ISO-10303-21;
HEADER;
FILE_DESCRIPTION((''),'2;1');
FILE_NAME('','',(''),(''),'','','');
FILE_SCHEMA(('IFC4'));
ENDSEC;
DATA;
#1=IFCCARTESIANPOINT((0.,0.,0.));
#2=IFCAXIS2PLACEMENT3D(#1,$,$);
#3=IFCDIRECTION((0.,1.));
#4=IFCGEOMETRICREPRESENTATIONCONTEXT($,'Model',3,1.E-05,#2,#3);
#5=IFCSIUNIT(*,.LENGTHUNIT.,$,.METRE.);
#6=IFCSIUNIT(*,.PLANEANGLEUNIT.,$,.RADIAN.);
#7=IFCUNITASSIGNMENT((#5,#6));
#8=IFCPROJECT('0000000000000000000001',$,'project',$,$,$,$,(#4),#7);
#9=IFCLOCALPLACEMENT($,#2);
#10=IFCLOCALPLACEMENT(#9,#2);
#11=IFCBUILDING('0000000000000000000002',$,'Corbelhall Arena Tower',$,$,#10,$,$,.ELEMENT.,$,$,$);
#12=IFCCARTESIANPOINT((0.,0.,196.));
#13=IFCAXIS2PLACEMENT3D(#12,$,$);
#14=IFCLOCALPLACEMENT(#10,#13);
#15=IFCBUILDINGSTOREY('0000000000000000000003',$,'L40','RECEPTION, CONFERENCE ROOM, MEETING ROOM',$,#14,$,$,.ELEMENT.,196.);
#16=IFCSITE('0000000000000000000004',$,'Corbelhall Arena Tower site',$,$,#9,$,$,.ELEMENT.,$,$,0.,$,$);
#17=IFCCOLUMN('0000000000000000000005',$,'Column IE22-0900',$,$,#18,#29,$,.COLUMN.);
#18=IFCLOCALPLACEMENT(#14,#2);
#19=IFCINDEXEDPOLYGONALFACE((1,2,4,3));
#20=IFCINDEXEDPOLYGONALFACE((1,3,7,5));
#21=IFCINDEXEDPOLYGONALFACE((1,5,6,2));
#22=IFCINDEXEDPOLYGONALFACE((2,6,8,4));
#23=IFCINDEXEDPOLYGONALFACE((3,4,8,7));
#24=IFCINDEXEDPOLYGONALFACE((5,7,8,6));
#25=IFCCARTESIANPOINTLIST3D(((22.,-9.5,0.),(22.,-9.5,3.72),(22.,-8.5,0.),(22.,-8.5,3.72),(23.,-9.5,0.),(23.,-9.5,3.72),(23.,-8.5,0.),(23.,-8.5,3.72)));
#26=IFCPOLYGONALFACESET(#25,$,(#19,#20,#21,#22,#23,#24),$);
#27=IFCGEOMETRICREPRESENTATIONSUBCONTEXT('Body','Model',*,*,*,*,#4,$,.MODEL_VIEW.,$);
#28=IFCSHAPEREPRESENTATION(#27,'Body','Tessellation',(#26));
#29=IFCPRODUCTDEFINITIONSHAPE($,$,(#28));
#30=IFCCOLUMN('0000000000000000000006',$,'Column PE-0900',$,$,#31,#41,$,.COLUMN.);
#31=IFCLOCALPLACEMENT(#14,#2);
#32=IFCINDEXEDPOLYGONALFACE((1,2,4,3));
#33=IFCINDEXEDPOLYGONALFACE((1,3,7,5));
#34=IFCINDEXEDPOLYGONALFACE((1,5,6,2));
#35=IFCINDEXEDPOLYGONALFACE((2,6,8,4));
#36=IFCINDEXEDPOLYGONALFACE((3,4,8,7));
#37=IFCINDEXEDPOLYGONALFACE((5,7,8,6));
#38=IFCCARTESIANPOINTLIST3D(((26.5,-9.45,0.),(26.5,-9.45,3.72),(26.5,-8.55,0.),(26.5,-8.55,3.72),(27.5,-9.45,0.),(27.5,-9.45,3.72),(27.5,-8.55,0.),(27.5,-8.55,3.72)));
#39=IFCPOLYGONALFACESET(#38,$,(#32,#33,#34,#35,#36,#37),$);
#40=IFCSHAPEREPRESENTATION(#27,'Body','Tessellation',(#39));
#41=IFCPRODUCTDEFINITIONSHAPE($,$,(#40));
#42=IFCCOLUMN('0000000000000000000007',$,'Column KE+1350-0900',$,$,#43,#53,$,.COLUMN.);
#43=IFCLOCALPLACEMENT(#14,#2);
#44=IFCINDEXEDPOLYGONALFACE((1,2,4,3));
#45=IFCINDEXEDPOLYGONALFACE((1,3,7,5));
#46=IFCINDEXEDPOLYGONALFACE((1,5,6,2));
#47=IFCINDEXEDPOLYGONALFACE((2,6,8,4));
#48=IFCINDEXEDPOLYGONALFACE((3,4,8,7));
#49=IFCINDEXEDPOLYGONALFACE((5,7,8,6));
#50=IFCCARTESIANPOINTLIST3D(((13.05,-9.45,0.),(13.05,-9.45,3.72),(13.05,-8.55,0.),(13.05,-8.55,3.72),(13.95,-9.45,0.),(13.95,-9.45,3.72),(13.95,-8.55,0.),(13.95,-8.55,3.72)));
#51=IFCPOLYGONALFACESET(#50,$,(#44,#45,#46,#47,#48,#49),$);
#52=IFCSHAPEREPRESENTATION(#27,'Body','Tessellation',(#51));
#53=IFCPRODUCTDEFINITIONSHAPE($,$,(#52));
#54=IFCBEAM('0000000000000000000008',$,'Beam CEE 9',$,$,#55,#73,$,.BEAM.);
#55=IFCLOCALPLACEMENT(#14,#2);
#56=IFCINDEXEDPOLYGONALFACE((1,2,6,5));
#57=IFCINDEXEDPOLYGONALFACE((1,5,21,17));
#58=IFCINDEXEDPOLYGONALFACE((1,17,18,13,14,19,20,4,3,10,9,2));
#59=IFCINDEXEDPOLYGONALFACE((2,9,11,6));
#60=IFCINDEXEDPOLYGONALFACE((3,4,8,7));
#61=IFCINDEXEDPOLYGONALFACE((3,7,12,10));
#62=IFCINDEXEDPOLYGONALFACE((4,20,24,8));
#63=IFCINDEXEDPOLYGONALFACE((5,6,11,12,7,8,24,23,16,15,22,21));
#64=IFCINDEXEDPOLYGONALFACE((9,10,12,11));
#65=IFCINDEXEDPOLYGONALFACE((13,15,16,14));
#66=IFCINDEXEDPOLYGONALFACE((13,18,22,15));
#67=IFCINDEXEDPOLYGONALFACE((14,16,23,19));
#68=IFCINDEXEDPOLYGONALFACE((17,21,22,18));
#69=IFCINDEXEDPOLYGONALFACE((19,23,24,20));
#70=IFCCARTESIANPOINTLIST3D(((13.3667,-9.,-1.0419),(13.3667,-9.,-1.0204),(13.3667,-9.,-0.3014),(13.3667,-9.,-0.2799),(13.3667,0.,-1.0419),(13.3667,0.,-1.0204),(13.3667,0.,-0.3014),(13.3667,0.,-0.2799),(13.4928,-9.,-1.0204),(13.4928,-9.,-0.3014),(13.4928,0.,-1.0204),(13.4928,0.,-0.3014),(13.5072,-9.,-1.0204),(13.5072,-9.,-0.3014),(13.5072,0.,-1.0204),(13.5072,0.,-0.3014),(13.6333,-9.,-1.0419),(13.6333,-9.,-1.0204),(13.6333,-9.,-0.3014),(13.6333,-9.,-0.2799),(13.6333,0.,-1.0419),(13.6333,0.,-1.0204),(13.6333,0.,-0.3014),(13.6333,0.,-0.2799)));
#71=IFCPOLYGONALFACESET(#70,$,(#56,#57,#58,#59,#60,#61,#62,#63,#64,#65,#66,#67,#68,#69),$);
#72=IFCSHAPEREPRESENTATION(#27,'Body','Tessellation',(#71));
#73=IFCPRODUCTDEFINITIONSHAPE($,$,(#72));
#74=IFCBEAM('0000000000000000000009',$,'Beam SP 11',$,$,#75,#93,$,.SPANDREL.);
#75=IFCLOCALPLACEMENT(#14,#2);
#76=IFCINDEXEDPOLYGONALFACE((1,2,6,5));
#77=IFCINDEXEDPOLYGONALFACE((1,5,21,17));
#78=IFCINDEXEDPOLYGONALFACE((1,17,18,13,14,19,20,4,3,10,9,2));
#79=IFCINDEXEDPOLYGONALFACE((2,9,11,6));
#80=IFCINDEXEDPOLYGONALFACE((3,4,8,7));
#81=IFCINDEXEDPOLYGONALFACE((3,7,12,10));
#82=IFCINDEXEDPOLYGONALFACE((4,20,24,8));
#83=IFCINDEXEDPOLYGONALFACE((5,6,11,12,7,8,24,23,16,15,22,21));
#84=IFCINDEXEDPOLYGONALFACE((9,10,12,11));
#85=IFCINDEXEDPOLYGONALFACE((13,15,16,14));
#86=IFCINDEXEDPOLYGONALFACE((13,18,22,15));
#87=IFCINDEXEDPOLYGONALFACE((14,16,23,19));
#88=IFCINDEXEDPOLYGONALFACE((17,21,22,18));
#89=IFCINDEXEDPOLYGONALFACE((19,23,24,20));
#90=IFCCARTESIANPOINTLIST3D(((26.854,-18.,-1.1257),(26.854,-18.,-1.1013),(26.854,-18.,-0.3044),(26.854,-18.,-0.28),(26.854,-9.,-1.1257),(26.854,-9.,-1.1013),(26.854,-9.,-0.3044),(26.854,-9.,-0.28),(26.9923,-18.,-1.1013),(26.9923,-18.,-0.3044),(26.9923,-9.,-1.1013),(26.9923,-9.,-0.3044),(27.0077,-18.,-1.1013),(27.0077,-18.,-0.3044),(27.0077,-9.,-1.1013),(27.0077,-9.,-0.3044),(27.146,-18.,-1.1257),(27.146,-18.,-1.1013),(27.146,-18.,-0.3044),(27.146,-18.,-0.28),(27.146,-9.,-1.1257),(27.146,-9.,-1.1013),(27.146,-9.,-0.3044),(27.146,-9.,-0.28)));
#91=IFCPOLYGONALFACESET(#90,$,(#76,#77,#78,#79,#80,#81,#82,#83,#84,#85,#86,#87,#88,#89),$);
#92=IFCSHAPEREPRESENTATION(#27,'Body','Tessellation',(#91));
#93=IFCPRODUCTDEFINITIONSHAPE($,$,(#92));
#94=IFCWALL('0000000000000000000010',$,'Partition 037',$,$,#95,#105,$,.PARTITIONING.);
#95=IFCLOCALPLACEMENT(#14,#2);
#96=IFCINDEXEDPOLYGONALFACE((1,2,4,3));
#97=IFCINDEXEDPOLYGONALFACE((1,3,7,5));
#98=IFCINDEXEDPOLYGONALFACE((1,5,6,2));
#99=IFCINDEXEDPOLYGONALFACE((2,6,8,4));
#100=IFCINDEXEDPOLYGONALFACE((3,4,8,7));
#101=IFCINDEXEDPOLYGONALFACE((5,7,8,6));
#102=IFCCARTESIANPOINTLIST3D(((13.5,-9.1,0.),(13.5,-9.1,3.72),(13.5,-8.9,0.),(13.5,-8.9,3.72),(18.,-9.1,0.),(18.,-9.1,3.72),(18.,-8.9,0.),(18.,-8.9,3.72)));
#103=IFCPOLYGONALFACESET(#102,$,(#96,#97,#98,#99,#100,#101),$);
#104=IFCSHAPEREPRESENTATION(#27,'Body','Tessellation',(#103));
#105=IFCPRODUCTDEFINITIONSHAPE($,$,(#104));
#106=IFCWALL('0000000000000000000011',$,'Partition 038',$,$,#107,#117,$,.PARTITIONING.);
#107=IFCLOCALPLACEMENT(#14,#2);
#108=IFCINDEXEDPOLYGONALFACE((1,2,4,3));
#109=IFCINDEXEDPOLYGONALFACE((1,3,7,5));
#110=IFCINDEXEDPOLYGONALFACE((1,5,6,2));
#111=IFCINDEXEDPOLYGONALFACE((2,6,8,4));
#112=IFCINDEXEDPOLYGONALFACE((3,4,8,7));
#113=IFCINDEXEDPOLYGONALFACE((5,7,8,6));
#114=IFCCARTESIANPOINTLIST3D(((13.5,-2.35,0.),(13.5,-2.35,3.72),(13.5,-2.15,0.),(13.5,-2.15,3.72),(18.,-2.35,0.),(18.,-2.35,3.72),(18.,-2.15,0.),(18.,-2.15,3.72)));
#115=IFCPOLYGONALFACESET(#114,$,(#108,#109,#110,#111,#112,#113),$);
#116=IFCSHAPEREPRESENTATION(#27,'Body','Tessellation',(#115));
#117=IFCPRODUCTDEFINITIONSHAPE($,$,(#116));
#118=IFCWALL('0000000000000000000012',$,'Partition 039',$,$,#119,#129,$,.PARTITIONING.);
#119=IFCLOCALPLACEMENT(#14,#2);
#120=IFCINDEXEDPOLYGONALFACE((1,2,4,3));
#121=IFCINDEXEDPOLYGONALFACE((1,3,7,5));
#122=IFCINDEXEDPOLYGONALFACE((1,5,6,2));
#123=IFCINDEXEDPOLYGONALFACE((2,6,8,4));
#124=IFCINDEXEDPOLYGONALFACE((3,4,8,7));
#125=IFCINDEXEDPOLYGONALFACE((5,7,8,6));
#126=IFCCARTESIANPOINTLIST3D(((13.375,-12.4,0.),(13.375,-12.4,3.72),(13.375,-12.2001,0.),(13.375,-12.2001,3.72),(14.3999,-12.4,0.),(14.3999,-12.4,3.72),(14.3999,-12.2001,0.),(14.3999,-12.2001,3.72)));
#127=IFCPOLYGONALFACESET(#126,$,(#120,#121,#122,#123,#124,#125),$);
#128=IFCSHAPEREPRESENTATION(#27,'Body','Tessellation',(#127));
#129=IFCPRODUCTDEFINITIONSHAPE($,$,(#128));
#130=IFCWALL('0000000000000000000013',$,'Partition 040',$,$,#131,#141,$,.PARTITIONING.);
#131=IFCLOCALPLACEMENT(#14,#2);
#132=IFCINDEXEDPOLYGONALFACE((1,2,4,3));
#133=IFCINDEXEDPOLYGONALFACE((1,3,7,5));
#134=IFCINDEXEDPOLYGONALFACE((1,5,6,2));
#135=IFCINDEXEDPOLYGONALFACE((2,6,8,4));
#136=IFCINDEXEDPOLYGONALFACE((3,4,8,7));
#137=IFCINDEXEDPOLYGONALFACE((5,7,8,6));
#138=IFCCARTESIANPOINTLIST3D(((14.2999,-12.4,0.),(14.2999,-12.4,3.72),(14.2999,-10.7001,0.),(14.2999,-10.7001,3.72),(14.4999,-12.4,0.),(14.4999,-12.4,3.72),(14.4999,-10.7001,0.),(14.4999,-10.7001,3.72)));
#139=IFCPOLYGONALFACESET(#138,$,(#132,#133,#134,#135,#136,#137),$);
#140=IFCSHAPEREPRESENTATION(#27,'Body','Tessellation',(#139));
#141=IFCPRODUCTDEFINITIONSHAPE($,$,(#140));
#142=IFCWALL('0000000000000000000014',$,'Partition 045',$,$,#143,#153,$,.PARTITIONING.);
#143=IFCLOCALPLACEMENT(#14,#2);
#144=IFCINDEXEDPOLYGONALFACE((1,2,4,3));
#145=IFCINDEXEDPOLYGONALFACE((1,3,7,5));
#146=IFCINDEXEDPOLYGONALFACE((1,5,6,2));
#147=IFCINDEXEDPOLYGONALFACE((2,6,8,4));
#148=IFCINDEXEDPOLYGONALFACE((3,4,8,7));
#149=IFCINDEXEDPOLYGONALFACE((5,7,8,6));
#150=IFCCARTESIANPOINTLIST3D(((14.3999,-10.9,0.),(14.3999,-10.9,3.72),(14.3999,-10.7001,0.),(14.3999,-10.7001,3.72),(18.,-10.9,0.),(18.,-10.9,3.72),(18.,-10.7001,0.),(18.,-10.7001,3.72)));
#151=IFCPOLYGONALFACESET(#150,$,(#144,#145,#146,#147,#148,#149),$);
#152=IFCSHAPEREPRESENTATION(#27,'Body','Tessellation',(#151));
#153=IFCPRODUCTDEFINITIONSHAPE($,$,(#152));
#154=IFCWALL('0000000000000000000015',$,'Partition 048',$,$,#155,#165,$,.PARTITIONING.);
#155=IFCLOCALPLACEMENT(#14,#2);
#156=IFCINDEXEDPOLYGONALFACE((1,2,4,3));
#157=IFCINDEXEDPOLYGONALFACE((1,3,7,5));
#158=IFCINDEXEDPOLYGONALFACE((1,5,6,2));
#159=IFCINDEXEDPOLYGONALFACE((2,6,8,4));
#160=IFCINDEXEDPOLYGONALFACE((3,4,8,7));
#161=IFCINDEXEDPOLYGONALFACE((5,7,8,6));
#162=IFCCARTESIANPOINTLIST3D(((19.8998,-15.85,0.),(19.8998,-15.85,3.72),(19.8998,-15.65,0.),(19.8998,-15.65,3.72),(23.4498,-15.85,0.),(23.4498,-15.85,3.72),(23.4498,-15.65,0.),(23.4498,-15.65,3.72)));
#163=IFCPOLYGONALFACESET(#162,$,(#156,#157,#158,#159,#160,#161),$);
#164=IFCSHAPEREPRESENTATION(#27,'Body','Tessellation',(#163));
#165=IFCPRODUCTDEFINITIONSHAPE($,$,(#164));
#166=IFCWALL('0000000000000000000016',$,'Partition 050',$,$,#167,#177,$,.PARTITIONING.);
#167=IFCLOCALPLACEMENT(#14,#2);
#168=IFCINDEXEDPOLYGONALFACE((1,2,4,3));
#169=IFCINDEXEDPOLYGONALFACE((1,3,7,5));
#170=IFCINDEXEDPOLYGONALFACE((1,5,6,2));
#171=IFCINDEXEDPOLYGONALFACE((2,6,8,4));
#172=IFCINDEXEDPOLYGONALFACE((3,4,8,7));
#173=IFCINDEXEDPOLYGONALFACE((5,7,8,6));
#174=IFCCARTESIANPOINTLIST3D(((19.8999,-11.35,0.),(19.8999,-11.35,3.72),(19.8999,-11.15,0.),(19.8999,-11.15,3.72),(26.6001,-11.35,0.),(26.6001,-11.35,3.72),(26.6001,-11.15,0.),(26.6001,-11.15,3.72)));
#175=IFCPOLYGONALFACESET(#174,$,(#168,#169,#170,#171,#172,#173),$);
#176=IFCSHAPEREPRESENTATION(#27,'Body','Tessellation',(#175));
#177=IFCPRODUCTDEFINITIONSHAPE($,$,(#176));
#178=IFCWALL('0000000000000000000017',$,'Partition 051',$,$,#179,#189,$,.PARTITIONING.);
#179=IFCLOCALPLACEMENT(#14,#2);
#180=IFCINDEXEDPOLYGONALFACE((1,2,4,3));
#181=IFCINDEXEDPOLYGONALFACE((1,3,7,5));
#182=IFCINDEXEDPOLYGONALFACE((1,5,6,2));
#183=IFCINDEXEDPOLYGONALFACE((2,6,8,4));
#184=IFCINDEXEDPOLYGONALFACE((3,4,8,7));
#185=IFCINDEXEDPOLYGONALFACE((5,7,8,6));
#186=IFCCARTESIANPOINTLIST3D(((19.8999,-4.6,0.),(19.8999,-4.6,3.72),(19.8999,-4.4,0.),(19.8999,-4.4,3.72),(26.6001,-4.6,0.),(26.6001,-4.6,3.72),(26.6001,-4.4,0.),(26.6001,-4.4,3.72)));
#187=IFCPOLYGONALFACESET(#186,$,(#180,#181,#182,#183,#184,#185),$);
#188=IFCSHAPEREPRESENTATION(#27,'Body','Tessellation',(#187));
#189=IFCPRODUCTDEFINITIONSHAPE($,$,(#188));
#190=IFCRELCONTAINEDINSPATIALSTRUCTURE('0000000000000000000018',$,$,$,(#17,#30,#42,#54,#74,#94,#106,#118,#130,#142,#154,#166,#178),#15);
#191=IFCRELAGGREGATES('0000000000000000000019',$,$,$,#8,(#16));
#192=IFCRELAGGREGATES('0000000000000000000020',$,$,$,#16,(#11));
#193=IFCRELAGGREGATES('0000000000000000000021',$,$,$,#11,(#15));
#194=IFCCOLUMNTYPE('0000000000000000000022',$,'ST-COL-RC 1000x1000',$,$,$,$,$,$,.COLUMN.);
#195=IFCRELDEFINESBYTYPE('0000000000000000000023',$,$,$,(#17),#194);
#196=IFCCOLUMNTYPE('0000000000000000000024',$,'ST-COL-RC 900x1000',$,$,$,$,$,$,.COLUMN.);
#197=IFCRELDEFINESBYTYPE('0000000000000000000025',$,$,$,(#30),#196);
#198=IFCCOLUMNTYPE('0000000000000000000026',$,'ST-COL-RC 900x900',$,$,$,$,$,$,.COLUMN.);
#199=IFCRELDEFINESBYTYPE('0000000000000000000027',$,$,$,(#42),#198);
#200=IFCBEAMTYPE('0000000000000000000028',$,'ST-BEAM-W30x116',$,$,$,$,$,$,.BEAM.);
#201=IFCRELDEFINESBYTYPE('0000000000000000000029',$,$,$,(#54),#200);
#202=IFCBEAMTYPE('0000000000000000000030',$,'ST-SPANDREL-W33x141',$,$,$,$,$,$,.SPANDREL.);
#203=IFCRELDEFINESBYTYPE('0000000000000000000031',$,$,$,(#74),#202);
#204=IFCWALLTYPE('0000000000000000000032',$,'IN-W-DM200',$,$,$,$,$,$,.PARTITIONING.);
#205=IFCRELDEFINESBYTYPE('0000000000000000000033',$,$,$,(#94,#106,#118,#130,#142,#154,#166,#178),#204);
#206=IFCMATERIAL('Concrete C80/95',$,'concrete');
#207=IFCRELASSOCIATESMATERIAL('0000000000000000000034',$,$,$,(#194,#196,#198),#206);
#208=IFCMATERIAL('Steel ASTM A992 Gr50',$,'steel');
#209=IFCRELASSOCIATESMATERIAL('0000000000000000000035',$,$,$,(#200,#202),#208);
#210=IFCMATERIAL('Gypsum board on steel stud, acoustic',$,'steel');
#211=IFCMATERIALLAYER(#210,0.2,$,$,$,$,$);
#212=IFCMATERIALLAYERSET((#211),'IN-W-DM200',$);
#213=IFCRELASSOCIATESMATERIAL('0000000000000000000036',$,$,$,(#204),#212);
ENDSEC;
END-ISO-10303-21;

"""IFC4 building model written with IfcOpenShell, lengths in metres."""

from ifc_helpers import new_model, si_unit, direction, frame, frame_2d, origin, origin_2d, place, context, subcontext, project, spatial, rectangle, i_section, extrude, material, layer, layer_set, material_profile, profile_set, type_object, element, save


model = new_model("IFC4")

# Units and contexts
model_context = context("Model", 3, precision=1e-05, world=origin(), true_north=direction((0.0, 1.0)))
body_context = subcontext(model_context, "Body", "Model", "MODEL_VIEW")
ifc_project = project(units=[si_unit("LENGTHUNIT", "METRE"), si_unit("PLANEANGLEUNIT", "RADIAN")], contexts=[model_context])

# Site, building, storey
site_placement = place(None, origin())
site = spatial("IfcSite", under=ifc_project, at=site_placement, Name="Corbelhall Arena Tower site", CompositionType="ELEMENT", RefElevation=0.0)
building_placement = place(site_placement, origin())
building = spatial("IfcBuilding", under=site, at=building_placement, Name="Corbelhall Arena Tower", CompositionType="ELEMENT")
storey_placement = place(building_placement, frame((0.0, 0.0, 196.0)))
storey = spatial("IfcBuildingStorey", under=building, at=storey_placement, Name="L40", Description="RECEPTION, CONFERENCE ROOM, MEETING ROOM", CompositionType="ELEMENT", Elevation=196.0)

# Columns
ifc_material_1 = material(Name="Concrete C80/95", Category="concrete")
ifc_material_profile_1 = material_profile(ifc_material_1, rectangle(XDim=1.0, YDim=1.0, at=origin_2d()))
ifc_profile_set_1 = profile_set([ifc_material_profile_1], Name="Concrete C80/95")
column_type_1 = type_object("IfcColumnType", Name="ST-COL-RC 1000x1000", PredefinedType="COLUMN", material=ifc_profile_set_1)
column_1_placement = place(storey_placement, frame((22.5, -9.0, 0.0), z_axis=(0.0, 0.0, 1.0), x_axis=(1.0, 0.0, 0.0)))
element("IfcColumn", 1, at=column_1_placement, inside=storey, type_object=column_type_1, Name="Column IE22-0900", PredefinedType="COLUMN", context=body_context, shape_type="SweptSolid", body=[
    extrude(rectangle(XDim=1.0, YDim=1.0, at=origin_2d()), origin(), (0.0, 0.0, 1.0), 3.72),
])
ifc_material_profile_2 = material_profile(ifc_material_1, rectangle(XDim=0.8999, YDim=1.0, at=origin_2d()))
ifc_profile_set_2 = profile_set([ifc_material_profile_2], Name="Concrete C80/95")
column_type_2 = type_object("IfcColumnType", Name="ST-COL-RC 900x1000", PredefinedType="COLUMN", material=ifc_profile_set_2)
column_2_placement = place(storey_placement, frame((27.0, -9.0, 0.0), z_axis=(0.0, 0.0, 1.0), x_axis=(0.0, 1.0, 0.0)))
element("IfcColumn", 2, at=column_2_placement, inside=storey, type_object=column_type_2, Name="Column PE-0900", PredefinedType="COLUMN", context=body_context, shape_type="SweptSolid", body=[
    extrude(rectangle(XDim=0.8999, YDim=1.0, at=origin_2d()), origin(), (0.0, 0.0, 1.0), 3.72),
])
ifc_material_profile_3 = material_profile(ifc_material_1, rectangle(XDim=0.8999, YDim=0.8999, at=origin_2d()))
ifc_profile_set_3 = profile_set([ifc_material_profile_3], Name="Concrete C80/95")
column_type_3 = type_object("IfcColumnType", Name="ST-COL-RC 900x900", PredefinedType="COLUMN", material=ifc_profile_set_3)
column_3_placement = place(storey_placement, frame((13.5, -9.0, 0.0), z_axis=(0.0, 0.0, 1.0), x_axis=(1.0, 0.0, 0.0)))
element("IfcColumn", 3, at=column_3_placement, inside=storey, type_object=column_type_3, Name="Column KE+1350-0900", PredefinedType="COLUMN", context=body_context, shape_type="SweptSolid", body=[
    extrude(rectangle(XDim=0.8999, YDim=0.8999, at=origin_2d()), origin(), (0.0, 0.0, 1.0), 3.72),
])

# Beams
ifc_material_2 = material(Name="Steel ASTM A992 Gr50", Category="steel")
ifc_material_profile_4 = material_profile(ifc_material_2, i_section(OverallWidth=0.2666, OverallDepth=0.762, WebThickness=0.0144, FlangeThickness=0.0215, at=origin_2d()))
ifc_profile_set_4 = profile_set([ifc_material_profile_4], Name="Steel ASTM A992 Gr50")
beam_type_1 = type_object("IfcBeamType", Name="ST-BEAM-W30x116", PredefinedType="BEAM", material=ifc_profile_set_4)
beam_1_placement = place(storey_placement, frame((13.5, -9.0, -0.6609), z_axis=(0.0, 1.0, 0.0), x_axis=(-1.0, 0.0, 0.0)))
element("IfcBeam", 4, at=beam_1_placement, inside=storey, type_object=beam_type_1, Name="Beam CEE 9", PredefinedType="BEAM", context=body_context, shape_type="SweptSolid", body=[
    extrude(i_section(OverallWidth=0.2666, OverallDepth=0.762, WebThickness=0.0144, FlangeThickness=0.0215, at=origin_2d()), origin(), (0.0, 0.0, 1.0), 9.0),
])
ifc_material_profile_5 = material_profile(ifc_material_2, i_section(OverallWidth=0.292, OverallDepth=0.8457, WebThickness=0.0154, FlangeThickness=0.0244, at=origin_2d()))
ifc_profile_set_5 = profile_set([ifc_material_profile_5], Name="Steel ASTM A992 Gr50")
beam_type_2 = type_object("IfcBeamType", Name="ST-SPANDREL-W33x141", PredefinedType="SPANDREL", material=ifc_profile_set_5)
beam_2_placement = place(storey_placement, frame((27.0, -9.0, -0.7029), z_axis=(0.0, -1.0, 0.0), x_axis=(1.0, 0.0, 0.0)))
element("IfcBeam", 5, at=beam_2_placement, inside=storey, type_object=beam_type_2, Name="Beam SP 11", PredefinedType="SPANDREL", context=body_context, shape_type="SweptSolid", body=[
    extrude(i_section(OverallWidth=0.292, OverallDepth=0.8457, WebThickness=0.0154, FlangeThickness=0.0244, at=origin_2d()), origin(), (0.0, 0.0, 1.0), 9.0),
])

# Walls
ifc_material_3 = material(Name="Gypsum board on steel stud, acoustic", Category="steel")
ifc_layer_1 = layer(ifc_material_3, 0.2)
ifc_layer_set_1 = layer_set([ifc_layer_1], Name="IN-W-DM200")
wall_type_1 = type_object("IfcWallType", Name="IN-W-DM200", PredefinedType="PARTITIONING", material=ifc_layer_set_1)
for number, where, z_axis, x_axis, name in (
    (6, (13.5, -9.0, 0.0), (0.0, 0.0, 1.0), (1.0, 0.0, 0.0), "Partition 037"),
    (7, (13.5, -2.25, 0.0), (0.0, 0.0, 1.0), (1.0, 0.0, 0.0), "Partition 038"),
):
    element("IfcWall", number, at=place(storey_placement, frame(where, z_axis=z_axis, x_axis=x_axis)), inside=storey, type_object=wall_type_1, Name=name, PredefinedType="PARTITIONING", context=body_context, shape_type="SweptSolid", body=[
        extrude(rectangle(XDim=4.5, YDim=0.2, at=frame_2d((2.25, 0.0))), origin(), (0.0, 0.0, 1.0), 3.72),
    ])
wall_1_placement = place(storey_placement, frame((14.3999, -12.3, 0.0), z_axis=(0.0, 0.0, 1.0), x_axis=(-1.0, 0.0, 0.0)))
element("IfcWall", 8, at=wall_1_placement, inside=storey, type_object=wall_type_1, Name="Partition 039", PredefinedType="PARTITIONING", context=body_context, shape_type="SweptSolid", body=[
    extrude(rectangle(XDim=1.0249, YDim=0.2, at=frame_2d((0.5125, 0.0))), origin(), (0.0, 0.0, 1.0), 3.72),
])
wall_2_placement = place(storey_placement, frame((14.3999, -10.7, 0.0), z_axis=(0.0, 0.0, 1.0), x_axis=(0.0, -1.0, 0.0)))
element("IfcWall", 9, at=wall_2_placement, inside=storey, type_object=wall_type_1, Name="Partition 040", PredefinedType="PARTITIONING", context=body_context, shape_type="SweptSolid", body=[
    extrude(rectangle(XDim=1.7, YDim=0.2, at=frame_2d((0.8501, 0.0))), origin(), (0.0, 0.0, 1.0), 3.72),
])
wall_3_placement = place(storey_placement, frame((18.0, -10.8, 0.0), z_axis=(0.0, 0.0, 1.0), x_axis=(-1.0, 0.0, 0.0)))
element("IfcWall", 10, at=wall_3_placement, inside=storey, type_object=wall_type_1, Name="Partition 045", PredefinedType="PARTITIONING", context=body_context, shape_type="SweptSolid", body=[
    extrude(rectangle(XDim=3.6001, YDim=0.2, at=frame_2d((1.8, 0.0))), origin(), (0.0, 0.0, 1.0), 3.72),
])

# Walls
wall_4_placement = place(storey_placement, frame((19.8999, -15.75, 0.0), z_axis=(0.0, 0.0, 1.0), x_axis=(1.0, 0.0, 0.0)))
element("IfcWall", 11, at=wall_4_placement, inside=storey, type_object=wall_type_1, Name="Partition 048", PredefinedType="PARTITIONING", context=body_context, shape_type="SweptSolid", body=[
    extrude(rectangle(XDim=3.55, YDim=0.2, at=frame_2d((1.7749, 0.0))), origin(), (0.0, 0.0, 1.0), 3.72),
])
for number, where, z_axis, x_axis, name in (
    (12, (19.8999, -11.25, 0.0), (0.0, 0.0, 1.0), (1.0, 0.0, 0.0), "Partition 050"),
    (13, (19.8999, -4.5, 0.0), (0.0, 0.0, 1.0), (1.0, 0.0, 0.0), "Partition 051"),
):
    element("IfcWall", number, at=place(storey_placement, frame(where, z_axis=z_axis, x_axis=x_axis)), inside=storey, type_object=wall_type_1, Name=name, PredefinedType="PARTITIONING", context=body_context, shape_type="SweptSolid", body=[
        extrude(rectangle(XDim=6.7002, YDim=0.2, at=frame_2d((3.3501, 0.0))), origin(), (0.0, 0.0, 1.0), 3.72),
    ])

save(model, "model.ifc")
